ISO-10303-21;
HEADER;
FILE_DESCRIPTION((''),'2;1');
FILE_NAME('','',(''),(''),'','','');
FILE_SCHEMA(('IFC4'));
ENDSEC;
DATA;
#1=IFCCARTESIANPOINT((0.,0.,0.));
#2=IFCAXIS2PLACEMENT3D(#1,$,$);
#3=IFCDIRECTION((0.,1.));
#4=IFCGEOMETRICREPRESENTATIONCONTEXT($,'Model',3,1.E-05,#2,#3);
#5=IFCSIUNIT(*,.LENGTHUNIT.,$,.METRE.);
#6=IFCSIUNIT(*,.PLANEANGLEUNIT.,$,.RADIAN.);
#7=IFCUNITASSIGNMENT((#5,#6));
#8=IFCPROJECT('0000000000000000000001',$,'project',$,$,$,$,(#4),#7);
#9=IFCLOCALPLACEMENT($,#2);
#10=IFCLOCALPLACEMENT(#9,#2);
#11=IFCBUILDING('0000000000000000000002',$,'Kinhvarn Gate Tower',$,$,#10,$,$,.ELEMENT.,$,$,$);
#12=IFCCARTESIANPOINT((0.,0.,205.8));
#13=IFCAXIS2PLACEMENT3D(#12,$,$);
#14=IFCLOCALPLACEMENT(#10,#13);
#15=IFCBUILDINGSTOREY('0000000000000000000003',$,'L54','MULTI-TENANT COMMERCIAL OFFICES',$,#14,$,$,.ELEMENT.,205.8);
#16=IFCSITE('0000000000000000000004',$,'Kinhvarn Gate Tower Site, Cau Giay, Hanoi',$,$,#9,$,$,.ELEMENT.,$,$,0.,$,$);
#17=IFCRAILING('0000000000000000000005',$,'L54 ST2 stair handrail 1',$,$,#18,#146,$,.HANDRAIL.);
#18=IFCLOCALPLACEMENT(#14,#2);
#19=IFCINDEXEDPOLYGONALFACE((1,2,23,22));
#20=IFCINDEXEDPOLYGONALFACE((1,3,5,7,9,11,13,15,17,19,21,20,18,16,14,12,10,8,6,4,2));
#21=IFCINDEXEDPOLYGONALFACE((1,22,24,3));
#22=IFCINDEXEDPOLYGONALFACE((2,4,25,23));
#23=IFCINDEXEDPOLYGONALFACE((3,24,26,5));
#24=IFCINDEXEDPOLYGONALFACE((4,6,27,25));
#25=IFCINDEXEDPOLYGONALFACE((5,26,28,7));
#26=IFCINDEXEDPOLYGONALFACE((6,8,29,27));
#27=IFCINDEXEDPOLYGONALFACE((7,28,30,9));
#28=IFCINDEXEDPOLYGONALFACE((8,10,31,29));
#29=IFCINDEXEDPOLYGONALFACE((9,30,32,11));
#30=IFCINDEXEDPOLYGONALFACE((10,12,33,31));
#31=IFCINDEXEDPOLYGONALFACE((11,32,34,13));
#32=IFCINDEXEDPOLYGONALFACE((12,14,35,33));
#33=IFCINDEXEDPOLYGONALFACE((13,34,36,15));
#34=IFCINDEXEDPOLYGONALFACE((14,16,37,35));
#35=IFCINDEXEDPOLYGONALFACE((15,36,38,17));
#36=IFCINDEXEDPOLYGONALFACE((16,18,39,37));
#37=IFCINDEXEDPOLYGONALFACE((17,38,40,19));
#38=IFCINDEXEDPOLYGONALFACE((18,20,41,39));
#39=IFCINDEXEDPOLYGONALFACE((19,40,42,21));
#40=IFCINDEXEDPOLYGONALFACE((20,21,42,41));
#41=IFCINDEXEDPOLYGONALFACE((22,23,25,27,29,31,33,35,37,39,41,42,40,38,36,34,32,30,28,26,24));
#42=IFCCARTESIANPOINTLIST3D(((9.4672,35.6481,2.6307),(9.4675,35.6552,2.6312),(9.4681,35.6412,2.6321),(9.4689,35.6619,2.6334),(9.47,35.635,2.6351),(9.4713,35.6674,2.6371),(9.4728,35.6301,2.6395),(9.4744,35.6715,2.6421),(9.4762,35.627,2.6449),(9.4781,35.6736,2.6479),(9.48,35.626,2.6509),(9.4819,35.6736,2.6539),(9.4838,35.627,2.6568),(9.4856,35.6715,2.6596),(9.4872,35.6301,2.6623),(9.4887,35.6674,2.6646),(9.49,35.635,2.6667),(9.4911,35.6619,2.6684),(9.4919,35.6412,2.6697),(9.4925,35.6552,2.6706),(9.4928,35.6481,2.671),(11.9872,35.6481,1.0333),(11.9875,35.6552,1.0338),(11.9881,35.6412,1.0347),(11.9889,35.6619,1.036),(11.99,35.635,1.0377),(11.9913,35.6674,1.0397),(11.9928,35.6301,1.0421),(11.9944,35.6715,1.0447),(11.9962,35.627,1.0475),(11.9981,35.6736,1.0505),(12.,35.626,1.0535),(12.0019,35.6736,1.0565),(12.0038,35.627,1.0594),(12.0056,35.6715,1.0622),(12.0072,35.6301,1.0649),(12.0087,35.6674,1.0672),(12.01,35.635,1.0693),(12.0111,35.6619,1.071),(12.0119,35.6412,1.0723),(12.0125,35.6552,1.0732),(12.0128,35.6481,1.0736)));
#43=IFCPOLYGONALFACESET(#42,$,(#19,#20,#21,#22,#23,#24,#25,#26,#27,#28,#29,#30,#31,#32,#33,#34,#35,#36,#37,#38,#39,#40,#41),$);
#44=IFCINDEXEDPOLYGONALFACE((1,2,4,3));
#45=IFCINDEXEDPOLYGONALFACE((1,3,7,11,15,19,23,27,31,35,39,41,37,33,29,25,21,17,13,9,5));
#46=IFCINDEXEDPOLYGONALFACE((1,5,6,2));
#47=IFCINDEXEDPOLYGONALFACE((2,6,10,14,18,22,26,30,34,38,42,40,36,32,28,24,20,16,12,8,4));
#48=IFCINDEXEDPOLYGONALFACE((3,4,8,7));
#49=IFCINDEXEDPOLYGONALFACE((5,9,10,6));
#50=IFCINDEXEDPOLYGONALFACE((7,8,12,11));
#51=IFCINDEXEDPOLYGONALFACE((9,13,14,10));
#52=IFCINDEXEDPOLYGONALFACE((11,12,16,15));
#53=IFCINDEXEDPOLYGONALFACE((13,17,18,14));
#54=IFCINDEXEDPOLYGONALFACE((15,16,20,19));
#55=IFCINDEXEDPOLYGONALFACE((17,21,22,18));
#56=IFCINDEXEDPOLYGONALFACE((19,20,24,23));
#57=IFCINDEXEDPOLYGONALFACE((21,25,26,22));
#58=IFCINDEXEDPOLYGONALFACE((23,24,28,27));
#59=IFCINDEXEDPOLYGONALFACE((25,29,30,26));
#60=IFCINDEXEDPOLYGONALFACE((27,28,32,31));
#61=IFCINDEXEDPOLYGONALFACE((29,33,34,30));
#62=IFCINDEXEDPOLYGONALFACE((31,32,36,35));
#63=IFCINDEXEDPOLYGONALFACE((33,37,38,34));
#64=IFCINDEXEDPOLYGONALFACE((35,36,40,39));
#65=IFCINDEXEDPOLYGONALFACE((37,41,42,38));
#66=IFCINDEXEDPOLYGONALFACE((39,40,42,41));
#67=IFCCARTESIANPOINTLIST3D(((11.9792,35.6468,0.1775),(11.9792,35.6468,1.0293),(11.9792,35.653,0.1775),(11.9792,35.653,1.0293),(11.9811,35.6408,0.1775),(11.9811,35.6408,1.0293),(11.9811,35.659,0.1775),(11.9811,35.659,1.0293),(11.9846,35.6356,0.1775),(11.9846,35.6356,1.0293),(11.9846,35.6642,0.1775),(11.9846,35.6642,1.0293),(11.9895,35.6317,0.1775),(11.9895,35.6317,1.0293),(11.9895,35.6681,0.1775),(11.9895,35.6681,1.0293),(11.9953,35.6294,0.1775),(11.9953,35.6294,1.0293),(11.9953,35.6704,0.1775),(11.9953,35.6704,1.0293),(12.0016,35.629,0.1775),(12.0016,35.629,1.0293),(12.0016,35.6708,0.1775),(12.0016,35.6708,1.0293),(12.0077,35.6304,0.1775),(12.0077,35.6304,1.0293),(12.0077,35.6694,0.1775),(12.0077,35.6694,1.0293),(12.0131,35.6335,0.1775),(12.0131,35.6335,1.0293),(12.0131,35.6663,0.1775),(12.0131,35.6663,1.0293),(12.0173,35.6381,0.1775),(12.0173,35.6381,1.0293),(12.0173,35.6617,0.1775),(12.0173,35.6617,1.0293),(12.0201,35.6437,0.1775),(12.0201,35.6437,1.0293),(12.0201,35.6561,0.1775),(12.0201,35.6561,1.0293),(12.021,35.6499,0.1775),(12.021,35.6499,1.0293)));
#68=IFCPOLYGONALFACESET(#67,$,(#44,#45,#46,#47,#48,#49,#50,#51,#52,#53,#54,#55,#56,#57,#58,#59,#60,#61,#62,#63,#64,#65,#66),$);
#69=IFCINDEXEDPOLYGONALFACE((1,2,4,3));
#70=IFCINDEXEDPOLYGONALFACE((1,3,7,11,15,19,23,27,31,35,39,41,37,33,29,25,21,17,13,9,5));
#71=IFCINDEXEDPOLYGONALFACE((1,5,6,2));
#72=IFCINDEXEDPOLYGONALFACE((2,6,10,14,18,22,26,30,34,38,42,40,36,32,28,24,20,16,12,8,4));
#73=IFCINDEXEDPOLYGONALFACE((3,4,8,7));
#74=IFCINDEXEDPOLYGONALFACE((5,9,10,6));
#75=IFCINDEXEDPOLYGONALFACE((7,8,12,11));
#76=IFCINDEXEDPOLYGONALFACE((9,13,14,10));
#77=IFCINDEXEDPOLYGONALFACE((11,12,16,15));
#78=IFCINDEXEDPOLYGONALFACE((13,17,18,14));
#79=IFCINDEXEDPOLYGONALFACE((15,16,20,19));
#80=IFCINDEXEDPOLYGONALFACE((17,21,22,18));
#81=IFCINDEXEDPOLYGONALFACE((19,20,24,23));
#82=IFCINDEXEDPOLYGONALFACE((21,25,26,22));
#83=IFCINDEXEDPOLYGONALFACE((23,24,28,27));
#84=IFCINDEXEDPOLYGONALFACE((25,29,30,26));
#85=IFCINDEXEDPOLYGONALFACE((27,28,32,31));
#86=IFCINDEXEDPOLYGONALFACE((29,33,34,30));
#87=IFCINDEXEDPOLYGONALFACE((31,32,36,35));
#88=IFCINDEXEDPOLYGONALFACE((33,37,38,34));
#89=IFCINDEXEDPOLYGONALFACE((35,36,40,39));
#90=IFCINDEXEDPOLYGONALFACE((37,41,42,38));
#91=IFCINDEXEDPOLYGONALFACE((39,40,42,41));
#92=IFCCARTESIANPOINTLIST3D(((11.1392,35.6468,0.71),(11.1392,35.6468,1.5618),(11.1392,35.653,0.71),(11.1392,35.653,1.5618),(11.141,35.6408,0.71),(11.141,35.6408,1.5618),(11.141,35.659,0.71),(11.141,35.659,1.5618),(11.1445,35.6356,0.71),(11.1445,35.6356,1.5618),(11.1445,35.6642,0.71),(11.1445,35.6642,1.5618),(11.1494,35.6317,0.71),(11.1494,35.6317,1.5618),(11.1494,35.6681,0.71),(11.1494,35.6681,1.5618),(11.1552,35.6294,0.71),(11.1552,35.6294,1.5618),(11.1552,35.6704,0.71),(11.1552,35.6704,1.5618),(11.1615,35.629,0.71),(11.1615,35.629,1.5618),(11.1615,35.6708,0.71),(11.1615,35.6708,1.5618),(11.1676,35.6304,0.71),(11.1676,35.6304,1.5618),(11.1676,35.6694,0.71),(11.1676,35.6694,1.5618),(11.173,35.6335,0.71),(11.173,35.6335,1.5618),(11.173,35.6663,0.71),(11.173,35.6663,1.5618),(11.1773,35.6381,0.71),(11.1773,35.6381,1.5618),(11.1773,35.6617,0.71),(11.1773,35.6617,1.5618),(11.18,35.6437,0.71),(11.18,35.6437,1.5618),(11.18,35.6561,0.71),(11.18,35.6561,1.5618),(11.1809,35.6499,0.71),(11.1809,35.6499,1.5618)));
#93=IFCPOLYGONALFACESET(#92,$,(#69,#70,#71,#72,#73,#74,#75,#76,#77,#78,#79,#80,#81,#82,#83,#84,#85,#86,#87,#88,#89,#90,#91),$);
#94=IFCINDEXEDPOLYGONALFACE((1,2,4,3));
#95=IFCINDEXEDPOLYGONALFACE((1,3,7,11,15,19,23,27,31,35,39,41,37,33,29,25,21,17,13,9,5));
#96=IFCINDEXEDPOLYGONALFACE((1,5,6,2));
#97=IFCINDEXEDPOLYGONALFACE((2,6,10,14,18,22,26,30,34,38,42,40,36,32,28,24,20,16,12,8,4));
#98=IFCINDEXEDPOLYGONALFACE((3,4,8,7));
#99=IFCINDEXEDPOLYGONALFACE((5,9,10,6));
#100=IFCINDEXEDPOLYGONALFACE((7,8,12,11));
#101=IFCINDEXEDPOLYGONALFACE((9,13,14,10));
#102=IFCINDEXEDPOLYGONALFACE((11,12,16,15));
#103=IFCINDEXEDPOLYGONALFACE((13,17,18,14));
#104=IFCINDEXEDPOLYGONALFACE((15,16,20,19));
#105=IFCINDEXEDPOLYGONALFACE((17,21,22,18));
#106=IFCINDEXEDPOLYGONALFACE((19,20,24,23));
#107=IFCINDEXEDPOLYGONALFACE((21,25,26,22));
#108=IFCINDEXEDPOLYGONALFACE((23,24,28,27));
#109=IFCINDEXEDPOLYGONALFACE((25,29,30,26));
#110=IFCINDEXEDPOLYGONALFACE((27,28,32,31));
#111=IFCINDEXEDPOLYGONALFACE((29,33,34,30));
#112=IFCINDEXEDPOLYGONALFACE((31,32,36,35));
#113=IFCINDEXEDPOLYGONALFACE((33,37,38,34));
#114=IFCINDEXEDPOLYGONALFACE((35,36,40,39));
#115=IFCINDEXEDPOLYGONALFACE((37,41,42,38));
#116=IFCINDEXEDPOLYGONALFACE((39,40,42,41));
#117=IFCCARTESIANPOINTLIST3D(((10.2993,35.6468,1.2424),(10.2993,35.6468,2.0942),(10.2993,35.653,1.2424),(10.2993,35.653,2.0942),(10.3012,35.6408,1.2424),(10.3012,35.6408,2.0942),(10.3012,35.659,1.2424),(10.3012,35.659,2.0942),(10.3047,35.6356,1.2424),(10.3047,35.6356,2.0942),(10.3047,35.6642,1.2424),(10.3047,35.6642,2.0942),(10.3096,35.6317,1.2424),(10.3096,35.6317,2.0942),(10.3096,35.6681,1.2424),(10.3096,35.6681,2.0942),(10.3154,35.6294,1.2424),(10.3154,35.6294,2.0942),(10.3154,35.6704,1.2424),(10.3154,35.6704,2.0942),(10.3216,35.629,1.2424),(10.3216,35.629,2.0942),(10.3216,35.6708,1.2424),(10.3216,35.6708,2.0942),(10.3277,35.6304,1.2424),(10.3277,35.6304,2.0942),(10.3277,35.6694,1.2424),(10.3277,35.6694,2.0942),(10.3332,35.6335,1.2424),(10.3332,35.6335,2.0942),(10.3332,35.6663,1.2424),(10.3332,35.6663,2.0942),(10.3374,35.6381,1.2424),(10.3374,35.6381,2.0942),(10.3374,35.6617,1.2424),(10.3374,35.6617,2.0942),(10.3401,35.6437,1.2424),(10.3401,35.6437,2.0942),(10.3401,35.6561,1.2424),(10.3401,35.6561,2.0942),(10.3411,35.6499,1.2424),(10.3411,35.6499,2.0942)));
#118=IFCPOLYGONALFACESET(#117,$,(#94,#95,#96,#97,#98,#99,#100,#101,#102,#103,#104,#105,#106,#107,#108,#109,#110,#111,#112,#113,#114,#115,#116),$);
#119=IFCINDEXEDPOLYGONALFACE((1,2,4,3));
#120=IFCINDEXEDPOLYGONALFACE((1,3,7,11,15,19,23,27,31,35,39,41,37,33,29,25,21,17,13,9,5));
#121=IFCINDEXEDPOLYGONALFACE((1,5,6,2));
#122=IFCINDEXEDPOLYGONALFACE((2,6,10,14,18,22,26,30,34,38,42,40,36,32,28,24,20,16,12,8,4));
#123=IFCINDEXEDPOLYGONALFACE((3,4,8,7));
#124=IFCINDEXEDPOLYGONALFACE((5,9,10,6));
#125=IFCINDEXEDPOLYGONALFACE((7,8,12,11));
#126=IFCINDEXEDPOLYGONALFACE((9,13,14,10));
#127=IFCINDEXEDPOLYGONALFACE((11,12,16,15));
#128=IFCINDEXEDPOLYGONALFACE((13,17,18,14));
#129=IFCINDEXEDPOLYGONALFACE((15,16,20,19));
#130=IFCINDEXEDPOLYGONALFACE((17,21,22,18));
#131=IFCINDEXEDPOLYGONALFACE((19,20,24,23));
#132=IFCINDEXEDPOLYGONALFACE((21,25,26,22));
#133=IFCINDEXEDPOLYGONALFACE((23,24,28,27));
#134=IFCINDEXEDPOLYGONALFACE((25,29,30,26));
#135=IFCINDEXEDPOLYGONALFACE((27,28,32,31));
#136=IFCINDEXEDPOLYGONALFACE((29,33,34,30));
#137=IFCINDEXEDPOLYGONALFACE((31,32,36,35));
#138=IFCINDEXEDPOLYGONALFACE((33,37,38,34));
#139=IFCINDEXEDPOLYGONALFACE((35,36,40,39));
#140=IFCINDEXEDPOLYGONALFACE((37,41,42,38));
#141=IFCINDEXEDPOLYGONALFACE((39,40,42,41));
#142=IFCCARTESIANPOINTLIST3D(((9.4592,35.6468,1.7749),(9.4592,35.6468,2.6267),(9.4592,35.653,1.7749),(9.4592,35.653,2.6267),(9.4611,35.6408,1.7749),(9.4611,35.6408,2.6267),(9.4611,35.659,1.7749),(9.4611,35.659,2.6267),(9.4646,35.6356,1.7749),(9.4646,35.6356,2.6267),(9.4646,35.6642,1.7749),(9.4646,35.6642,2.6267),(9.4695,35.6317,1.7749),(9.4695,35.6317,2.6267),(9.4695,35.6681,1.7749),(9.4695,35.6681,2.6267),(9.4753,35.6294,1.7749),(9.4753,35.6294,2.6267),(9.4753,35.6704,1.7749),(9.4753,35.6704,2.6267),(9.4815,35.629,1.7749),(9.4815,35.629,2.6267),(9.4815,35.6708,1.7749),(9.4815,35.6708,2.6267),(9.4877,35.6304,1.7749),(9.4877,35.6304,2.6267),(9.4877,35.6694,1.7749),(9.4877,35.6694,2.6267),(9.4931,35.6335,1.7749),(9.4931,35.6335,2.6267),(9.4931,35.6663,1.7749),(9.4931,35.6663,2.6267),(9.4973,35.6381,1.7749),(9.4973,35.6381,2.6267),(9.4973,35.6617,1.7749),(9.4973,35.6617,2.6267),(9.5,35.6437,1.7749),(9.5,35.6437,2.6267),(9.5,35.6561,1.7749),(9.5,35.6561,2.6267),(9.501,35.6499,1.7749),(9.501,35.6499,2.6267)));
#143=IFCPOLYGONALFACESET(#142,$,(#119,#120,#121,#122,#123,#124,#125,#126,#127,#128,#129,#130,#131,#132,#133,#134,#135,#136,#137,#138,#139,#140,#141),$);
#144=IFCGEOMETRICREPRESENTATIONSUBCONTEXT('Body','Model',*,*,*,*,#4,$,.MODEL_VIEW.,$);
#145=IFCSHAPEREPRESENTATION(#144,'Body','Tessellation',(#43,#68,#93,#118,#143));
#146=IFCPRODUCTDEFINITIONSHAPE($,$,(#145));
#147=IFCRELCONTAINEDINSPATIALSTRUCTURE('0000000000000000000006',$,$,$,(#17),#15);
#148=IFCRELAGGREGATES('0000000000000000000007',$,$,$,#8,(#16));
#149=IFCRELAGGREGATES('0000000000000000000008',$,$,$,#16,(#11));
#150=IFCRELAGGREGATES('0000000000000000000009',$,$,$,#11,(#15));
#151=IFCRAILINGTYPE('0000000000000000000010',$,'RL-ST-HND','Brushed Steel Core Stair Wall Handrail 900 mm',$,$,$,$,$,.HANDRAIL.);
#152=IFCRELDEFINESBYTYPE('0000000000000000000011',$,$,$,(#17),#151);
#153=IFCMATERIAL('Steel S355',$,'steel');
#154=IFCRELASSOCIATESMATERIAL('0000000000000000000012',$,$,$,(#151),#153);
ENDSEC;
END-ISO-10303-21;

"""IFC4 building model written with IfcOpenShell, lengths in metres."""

from ifc_helpers import new_model, si_unit, direction, frame, origin, origin_2d, place, context, subcontext, project, spatial, circle, extrude, material, type_object, element, save


model = new_model("IFC4")

# Units and contexts
model_context = context("Model", 3, precision=1e-05, world=origin(), true_north=direction((0.0, 1.0)))
body_context = subcontext(model_context, "Body", "Model", "MODEL_VIEW")
ifc_project = project(units=[si_unit("LENGTHUNIT", "METRE"), si_unit("PLANEANGLEUNIT", "RADIAN")], contexts=[model_context])

# Site, building, storey
site_placement = place(None, origin())
site = spatial("IfcSite", under=ifc_project, at=site_placement, Name="Kinhvarn Gate Tower Site, Cau Giay, Hanoi", CompositionType="ELEMENT", RefElevation=0.0)
building_placement = place(site_placement, origin())
building = spatial("IfcBuilding", under=site, at=building_placement, Name="Kinhvarn Gate Tower", CompositionType="ELEMENT")
storey_placement = place(building_placement, frame((0.0, 0.0, 205.8)))
storey = spatial("IfcBuildingStorey", under=building, at=storey_placement, Name="L54", Description="MULTI-TENANT COMMERCIAL OFFICES", CompositionType="ELEMENT", Elevation=205.8)

# Shared definitions
ifc_material_1 = material(Name="Steel S355", Category="steel")

# Railing
railing_type_1 = type_object("IfcRailingType", Name="RL-ST-HND", Description="Brushed Steel Core Stair Wall Handrail 900 mm", PredefinedType="HANDRAIL", material=ifc_material_1)
railing_1_placement = place(storey_placement, frame((12.0, 35.6499, 0.1775)))
element("IfcRailing", 1, at=railing_1_placement, inside=storey, type_object=railing_type_1, Name="L54 ST2 stair handrail 1", PredefinedType="HANDRAIL", context=body_context, shape_type="SweptSolid", body=[
    extrude(circle(Radius=0.0239, at=origin_2d()), frame((0.0, 0.0, 0.876), z_axis=(-0.844607, 0.0, 0.535387), x_axis=(0.0, -1.0, 0.0)), (0.0, 0.0, 1.0), 2.9836),
    extrude(circle(Radius=0.021, at=origin_2d()), origin(), (0.0, 0.0, 1.0), 0.8518),
    extrude(circle(Radius=0.021, at=origin_2d()), frame((-0.8401, 0.0, 0.5325)), (0.0, 0.0, 1.0), 0.8518),
    extrude(circle(Radius=0.021, at=origin_2d()), frame((-1.6799, 0.0, 1.0649)), (0.0, 0.0, 1.0), 0.8518),
    extrude(circle(Radius=0.021, at=origin_2d()), frame((-2.52, 0.0, 1.5974)), (0.0, 0.0, 1.0), 0.8518),
])

save(model, "model.ifc")
